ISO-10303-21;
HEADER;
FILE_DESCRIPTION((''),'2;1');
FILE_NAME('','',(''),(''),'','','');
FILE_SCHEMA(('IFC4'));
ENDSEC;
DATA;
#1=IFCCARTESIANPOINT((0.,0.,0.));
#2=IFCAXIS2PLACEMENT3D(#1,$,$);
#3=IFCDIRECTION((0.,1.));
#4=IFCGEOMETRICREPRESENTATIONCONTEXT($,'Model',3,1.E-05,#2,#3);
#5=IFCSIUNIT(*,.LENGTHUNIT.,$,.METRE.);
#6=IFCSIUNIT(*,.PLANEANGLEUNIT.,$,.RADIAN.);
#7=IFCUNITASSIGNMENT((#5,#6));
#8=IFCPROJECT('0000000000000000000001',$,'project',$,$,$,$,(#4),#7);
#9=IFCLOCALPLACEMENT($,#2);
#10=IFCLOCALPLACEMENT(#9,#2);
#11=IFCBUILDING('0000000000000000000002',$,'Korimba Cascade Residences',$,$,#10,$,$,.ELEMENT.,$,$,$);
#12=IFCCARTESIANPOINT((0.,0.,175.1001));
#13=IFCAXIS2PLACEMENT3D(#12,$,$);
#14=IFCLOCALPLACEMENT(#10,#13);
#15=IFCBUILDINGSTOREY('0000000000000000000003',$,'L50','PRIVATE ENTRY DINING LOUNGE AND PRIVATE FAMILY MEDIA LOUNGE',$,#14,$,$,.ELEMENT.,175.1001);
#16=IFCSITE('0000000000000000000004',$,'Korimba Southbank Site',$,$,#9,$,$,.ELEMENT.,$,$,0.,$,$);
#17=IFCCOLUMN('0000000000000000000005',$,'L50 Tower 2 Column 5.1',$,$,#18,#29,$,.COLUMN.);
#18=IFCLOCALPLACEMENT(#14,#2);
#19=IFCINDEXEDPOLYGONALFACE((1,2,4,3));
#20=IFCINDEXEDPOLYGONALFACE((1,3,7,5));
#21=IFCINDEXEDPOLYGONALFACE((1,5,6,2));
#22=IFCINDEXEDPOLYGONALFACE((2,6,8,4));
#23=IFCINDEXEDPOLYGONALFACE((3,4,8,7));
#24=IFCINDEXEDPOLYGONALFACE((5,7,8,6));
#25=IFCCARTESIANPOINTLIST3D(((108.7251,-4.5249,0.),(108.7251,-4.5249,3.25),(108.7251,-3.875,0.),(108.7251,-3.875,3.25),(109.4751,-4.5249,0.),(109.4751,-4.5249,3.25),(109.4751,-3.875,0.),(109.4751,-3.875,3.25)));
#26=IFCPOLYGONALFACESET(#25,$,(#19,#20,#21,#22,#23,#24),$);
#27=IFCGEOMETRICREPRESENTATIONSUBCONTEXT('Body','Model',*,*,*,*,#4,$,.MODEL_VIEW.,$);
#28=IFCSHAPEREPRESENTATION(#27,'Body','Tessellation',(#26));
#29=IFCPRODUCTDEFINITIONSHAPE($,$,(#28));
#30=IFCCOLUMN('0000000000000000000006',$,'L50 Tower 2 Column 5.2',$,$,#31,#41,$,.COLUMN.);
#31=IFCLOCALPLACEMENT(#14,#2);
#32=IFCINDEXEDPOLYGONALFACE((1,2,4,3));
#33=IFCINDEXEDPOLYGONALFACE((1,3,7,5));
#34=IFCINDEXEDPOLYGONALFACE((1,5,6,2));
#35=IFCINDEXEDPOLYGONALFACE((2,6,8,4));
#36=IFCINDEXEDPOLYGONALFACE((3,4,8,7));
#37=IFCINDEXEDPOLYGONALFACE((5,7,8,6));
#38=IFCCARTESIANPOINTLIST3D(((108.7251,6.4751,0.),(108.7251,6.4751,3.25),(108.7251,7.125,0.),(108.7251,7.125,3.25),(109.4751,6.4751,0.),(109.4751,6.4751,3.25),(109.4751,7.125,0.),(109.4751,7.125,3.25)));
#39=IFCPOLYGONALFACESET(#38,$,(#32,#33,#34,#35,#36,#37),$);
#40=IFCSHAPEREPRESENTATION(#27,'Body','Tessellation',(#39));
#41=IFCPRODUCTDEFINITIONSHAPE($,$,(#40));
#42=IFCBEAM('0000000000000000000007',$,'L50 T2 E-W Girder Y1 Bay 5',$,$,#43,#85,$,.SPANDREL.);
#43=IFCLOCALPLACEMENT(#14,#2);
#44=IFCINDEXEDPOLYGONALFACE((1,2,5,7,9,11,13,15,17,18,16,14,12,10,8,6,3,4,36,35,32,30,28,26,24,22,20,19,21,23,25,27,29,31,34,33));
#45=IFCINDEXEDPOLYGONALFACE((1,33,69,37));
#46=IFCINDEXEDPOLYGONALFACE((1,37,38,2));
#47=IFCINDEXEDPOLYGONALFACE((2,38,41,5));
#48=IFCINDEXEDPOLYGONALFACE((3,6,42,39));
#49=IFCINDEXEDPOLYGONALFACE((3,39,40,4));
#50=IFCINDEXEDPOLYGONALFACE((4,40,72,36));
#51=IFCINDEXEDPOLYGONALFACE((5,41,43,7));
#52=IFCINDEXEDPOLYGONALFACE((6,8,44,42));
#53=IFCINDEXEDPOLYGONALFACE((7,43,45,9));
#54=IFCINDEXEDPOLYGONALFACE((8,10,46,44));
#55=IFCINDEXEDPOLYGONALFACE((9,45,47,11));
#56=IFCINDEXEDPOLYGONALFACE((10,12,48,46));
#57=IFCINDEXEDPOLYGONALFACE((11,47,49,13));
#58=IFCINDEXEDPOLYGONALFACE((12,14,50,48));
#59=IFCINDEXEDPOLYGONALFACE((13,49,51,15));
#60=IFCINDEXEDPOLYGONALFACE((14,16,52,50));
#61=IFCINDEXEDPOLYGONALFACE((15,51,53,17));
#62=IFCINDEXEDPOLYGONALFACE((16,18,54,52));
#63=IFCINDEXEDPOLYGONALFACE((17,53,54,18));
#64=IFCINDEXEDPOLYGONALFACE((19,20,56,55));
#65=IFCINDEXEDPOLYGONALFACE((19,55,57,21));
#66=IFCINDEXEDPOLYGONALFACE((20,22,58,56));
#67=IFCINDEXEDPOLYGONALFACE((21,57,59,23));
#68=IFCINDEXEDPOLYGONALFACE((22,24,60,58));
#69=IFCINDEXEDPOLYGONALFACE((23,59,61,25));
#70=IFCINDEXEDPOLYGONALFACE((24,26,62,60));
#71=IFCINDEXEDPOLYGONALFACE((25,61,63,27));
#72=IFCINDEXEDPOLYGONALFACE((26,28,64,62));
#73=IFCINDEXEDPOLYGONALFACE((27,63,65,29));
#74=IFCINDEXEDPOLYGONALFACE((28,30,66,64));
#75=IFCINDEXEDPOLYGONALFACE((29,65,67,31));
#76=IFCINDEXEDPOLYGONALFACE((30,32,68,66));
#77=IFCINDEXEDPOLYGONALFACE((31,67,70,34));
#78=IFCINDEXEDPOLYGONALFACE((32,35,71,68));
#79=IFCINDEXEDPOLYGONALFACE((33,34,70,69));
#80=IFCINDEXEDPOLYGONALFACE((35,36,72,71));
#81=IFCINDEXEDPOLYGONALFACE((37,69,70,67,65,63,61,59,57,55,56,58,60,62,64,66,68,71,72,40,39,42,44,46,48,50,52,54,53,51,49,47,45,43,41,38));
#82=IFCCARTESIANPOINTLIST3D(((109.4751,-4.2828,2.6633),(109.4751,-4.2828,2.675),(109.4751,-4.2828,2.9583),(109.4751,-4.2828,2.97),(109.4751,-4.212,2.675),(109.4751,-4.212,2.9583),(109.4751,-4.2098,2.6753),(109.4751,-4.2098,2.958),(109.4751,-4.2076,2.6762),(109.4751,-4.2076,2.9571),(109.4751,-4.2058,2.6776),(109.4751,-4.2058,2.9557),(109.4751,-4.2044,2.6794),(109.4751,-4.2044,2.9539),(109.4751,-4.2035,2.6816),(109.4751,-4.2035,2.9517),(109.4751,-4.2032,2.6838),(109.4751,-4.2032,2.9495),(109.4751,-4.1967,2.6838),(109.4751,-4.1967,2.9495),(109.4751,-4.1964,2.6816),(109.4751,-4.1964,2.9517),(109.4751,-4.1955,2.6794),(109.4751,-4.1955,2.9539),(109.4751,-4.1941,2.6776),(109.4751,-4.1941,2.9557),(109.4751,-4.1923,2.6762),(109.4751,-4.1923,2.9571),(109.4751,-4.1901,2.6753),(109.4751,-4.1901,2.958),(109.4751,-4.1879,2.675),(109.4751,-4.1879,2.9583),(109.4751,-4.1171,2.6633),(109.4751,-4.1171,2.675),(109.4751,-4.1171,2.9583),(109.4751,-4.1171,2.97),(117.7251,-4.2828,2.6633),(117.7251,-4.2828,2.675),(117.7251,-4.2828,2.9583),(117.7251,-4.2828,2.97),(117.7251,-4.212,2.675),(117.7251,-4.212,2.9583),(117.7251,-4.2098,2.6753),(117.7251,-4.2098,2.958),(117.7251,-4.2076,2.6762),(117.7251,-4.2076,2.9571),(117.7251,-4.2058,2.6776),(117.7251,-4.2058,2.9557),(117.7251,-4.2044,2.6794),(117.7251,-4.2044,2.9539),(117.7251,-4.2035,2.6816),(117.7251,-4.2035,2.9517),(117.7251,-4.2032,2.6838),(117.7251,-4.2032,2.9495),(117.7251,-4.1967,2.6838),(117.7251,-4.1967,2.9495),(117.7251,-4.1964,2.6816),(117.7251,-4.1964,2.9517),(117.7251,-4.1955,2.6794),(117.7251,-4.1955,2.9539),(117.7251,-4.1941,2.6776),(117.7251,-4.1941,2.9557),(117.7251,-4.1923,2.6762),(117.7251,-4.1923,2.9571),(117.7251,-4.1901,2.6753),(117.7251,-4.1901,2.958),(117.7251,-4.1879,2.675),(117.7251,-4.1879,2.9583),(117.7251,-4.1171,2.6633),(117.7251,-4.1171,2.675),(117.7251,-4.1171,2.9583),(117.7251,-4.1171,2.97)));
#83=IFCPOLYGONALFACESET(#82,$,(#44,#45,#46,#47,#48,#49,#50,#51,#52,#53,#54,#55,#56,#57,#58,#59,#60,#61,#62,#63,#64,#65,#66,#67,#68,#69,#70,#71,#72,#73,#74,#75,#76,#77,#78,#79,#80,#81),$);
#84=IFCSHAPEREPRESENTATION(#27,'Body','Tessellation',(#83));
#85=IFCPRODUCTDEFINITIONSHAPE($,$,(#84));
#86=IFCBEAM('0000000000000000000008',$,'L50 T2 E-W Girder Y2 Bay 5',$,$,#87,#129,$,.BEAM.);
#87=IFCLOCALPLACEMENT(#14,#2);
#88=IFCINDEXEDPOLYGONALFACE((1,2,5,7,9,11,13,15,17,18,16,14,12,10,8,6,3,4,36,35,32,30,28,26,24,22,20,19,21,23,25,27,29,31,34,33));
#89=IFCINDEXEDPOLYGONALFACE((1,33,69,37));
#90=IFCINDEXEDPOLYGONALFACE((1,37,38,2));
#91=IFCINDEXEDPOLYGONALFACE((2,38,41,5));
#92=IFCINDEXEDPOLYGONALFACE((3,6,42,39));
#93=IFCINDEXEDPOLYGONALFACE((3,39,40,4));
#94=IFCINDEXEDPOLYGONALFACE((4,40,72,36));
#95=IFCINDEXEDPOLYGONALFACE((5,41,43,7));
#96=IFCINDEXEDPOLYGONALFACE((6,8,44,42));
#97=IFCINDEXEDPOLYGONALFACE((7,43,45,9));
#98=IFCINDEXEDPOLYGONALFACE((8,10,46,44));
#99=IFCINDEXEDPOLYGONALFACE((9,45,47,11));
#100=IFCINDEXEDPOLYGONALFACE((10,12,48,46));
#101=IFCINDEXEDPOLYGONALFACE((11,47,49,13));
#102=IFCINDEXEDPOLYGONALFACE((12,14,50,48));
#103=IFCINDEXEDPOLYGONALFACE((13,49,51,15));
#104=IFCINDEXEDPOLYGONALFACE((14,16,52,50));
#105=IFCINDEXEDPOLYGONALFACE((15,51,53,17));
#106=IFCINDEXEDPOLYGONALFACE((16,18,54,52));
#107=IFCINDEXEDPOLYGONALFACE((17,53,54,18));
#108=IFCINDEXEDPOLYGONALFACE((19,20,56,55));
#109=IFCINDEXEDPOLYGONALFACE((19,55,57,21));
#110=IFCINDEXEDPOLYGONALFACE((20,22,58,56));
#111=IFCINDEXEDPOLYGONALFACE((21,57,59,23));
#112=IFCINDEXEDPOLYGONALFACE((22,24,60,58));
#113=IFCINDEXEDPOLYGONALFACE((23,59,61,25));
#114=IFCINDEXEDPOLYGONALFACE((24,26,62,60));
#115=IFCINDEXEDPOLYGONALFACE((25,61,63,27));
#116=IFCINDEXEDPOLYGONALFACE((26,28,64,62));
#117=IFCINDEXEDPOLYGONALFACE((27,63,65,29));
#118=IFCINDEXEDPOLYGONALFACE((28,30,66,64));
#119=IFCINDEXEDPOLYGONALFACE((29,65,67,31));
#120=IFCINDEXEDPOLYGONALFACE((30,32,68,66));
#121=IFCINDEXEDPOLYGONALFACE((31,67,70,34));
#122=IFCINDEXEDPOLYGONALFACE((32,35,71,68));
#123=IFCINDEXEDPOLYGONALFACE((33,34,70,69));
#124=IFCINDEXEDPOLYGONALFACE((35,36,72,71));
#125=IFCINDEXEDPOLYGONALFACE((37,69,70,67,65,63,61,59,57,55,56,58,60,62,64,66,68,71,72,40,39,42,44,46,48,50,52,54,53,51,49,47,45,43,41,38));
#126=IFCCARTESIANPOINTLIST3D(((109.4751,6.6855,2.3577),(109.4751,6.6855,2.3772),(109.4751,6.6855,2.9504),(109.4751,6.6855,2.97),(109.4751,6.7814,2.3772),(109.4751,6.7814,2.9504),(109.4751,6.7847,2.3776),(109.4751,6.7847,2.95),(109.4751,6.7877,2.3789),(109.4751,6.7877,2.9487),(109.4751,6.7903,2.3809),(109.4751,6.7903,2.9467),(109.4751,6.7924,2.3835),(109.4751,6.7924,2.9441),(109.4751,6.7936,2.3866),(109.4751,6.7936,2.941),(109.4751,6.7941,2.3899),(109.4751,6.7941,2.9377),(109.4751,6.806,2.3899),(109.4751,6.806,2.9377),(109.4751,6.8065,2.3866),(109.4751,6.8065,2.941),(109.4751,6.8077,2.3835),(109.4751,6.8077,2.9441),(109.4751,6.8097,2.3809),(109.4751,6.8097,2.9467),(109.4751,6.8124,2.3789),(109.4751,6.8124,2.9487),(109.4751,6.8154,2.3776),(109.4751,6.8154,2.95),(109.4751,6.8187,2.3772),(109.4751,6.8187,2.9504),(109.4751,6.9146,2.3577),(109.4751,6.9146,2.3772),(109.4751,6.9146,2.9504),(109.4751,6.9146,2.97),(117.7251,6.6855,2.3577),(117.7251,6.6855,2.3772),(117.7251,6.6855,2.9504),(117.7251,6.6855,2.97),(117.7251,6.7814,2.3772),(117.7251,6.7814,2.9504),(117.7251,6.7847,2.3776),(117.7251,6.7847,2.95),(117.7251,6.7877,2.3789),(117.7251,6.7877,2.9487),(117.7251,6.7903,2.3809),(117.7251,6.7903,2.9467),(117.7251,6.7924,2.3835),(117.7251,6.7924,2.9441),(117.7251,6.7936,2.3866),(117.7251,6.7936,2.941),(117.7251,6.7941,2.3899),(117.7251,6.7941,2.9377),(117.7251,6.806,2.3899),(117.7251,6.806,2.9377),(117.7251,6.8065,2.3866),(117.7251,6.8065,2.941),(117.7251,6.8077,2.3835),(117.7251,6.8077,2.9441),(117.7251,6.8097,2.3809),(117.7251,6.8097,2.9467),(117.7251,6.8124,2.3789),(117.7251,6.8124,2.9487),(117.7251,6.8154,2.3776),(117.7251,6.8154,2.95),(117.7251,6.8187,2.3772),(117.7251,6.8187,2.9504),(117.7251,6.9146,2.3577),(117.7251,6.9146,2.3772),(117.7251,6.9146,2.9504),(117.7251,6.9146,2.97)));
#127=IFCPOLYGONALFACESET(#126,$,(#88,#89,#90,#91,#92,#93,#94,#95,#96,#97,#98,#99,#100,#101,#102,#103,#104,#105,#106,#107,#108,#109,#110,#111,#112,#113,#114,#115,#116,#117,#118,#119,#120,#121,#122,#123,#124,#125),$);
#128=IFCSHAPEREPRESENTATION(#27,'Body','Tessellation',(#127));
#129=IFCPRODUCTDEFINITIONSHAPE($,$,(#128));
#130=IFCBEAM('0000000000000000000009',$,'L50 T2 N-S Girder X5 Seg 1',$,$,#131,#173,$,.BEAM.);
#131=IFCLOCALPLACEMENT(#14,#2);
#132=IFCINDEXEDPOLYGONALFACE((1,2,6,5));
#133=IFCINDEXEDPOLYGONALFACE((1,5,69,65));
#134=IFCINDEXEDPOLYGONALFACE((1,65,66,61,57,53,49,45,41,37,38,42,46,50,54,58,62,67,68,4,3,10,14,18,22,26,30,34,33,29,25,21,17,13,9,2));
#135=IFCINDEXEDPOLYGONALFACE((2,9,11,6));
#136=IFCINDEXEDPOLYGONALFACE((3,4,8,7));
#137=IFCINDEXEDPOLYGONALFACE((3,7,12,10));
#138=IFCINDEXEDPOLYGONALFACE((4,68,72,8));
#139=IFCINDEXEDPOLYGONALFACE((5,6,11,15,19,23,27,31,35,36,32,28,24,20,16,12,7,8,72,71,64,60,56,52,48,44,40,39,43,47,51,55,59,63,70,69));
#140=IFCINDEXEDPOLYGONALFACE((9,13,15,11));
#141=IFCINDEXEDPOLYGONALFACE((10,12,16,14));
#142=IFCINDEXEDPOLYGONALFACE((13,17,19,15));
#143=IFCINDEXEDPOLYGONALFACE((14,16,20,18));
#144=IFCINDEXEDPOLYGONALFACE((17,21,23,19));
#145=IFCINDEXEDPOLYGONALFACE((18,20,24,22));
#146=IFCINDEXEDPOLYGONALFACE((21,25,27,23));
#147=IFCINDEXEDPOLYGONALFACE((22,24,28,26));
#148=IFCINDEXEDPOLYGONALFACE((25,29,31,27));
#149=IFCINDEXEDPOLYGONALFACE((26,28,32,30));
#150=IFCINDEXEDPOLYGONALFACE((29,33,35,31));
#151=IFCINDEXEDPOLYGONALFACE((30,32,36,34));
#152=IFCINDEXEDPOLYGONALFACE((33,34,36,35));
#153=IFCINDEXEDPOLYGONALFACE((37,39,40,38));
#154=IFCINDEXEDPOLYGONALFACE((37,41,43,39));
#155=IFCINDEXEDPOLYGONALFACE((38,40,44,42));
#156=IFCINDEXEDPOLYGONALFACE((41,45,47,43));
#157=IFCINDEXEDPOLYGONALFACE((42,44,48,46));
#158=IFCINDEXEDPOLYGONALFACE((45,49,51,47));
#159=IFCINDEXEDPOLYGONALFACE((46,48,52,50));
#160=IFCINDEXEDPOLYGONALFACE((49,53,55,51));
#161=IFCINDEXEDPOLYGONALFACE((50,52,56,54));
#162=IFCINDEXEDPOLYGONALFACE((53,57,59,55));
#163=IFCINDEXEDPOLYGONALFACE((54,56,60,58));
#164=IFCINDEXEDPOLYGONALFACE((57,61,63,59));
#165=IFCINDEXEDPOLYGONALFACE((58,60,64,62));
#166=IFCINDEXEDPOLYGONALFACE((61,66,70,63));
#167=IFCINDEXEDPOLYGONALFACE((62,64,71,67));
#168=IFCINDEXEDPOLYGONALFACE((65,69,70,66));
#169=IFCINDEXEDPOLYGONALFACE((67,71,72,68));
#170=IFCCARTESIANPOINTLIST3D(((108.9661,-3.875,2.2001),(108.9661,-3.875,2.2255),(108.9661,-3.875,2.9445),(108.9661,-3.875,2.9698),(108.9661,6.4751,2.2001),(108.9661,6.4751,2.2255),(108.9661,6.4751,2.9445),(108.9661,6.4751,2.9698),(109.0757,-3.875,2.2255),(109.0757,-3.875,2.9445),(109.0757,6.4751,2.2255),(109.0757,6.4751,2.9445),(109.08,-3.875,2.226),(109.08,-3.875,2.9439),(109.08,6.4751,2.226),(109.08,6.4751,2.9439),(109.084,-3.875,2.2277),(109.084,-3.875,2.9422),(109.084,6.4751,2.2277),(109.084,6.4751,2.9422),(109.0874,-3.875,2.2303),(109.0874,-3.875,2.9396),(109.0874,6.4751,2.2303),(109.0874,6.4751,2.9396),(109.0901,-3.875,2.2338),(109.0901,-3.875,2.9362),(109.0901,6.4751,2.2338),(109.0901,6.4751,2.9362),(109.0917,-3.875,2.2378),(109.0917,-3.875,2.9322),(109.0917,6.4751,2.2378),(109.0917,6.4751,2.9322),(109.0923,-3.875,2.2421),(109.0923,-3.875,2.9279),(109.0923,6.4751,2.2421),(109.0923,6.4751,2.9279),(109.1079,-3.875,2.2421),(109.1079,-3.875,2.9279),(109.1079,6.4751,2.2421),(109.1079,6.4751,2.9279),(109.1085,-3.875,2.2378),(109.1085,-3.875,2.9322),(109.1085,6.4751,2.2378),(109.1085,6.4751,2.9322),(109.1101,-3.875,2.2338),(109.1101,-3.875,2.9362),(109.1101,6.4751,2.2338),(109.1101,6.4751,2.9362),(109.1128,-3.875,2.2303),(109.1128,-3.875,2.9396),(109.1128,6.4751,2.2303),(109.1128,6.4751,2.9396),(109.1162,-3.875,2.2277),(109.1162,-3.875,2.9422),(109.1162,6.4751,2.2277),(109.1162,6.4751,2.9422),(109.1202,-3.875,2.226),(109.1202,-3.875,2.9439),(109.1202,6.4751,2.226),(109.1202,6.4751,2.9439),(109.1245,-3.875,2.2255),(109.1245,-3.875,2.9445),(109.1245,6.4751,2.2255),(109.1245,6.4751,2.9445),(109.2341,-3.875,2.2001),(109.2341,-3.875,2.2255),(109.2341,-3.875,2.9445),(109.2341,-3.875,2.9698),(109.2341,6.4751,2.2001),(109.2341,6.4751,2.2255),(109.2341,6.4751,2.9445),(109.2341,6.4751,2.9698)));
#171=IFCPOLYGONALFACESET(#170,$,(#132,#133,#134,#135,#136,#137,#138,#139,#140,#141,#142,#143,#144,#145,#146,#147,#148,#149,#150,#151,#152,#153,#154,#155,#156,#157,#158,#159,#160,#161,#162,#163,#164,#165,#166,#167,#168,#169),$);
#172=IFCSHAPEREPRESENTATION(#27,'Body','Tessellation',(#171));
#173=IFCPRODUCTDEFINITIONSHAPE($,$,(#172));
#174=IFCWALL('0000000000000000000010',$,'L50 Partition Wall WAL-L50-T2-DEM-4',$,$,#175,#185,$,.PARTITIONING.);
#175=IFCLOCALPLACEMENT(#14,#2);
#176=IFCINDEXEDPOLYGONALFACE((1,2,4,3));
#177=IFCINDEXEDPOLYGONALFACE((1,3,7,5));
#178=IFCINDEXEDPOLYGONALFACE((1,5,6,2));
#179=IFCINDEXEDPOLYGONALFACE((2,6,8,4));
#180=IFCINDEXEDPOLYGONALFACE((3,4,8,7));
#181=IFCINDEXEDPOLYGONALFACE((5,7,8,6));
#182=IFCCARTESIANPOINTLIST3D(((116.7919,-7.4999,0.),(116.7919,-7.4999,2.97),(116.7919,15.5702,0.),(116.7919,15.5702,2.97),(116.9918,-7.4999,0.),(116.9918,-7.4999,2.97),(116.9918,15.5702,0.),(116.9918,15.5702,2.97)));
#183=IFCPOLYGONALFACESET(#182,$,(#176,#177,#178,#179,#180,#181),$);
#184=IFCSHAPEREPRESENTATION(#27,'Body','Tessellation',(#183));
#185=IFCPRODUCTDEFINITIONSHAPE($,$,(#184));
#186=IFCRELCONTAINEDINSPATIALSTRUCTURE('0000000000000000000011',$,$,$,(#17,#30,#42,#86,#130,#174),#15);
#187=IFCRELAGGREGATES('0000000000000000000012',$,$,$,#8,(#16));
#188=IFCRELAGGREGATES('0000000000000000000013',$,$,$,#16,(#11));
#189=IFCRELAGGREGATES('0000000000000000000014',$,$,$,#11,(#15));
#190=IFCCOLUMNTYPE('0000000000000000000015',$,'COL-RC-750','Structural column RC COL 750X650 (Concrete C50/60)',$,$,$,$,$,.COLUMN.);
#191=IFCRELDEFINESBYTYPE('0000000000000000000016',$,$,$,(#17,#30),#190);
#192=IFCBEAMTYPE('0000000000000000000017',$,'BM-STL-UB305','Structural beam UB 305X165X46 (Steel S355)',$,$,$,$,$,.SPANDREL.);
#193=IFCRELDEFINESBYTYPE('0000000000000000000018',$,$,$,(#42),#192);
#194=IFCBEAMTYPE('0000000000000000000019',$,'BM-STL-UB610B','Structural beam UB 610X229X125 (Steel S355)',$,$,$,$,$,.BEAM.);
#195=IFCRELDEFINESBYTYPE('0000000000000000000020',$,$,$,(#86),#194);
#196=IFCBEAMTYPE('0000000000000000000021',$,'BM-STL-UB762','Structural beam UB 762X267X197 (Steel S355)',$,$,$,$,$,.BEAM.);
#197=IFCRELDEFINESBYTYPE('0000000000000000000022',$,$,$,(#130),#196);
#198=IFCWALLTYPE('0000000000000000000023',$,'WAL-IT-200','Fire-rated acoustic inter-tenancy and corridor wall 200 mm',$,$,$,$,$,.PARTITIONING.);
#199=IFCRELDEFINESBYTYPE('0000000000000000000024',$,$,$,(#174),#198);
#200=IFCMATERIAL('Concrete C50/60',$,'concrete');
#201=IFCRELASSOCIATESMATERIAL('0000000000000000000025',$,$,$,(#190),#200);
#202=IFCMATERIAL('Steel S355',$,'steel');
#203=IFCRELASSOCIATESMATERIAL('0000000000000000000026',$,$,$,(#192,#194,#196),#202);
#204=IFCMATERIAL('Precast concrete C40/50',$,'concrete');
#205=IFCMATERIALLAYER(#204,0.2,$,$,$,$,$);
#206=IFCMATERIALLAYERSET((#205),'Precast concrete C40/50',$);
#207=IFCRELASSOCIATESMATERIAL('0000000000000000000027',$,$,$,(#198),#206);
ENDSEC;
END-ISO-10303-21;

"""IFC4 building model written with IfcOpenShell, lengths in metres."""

from ifc_helpers import new_model, si_unit, direction, frame, frame_2d, origin, origin_2d, place, context, subcontext, project, spatial, rectangle, i_section, extrude, material, layer, layer_set, material_profile, profile_set, type_object, element, save


model = new_model("IFC4")

# Units and contexts
model_context = context("Model", 3, precision=1e-05, world=origin(), true_north=direction((0.0, 1.0)))
body_context = subcontext(model_context, "Body", "Model", "MODEL_VIEW")
ifc_project = project(units=[si_unit("LENGTHUNIT", "METRE"), si_unit("PLANEANGLEUNIT", "RADIAN")], contexts=[model_context])

# Site, building, storey
site_placement = place(None, origin())
site = spatial("IfcSite", under=ifc_project, at=site_placement, Name="Korimba Southbank Site", CompositionType="ELEMENT", RefElevation=0.0)
building_placement = place(site_placement, origin())
building = spatial("IfcBuilding", under=site, at=building_placement, Name="Korimba Cascade Residences", CompositionType="ELEMENT")
storey_placement = place(building_placement, frame((0.0, 0.0, 175.1001)))
storey = spatial("IfcBuildingStorey", under=building, at=storey_placement, Name="L50", Description="PRIVATE ENTRY DINING LOUNGE AND PRIVATE FAMILY MEDIA LOUNGE", CompositionType="ELEMENT", Elevation=175.1001)

# Columns
ifc_material_1 = material(Name="Concrete C50/60", Category="concrete")
ifc_material_profile_1 = material_profile(ifc_material_1, rectangle(XDim=0.75, YDim=0.6499, at=origin_2d()), Name="Concrete C50/60")
ifc_profile_set_1 = profile_set([ifc_material_profile_1], Name="Concrete C50/60")
column_type = type_object("IfcColumnType", Name="COL-RC-750", Description="Structural column RC COL 750X650 (Concrete C50/60)", PredefinedType="COLUMN", material=ifc_profile_set_1)
for number, where, z_axis, x_axis, name in (
    (1, (109.1001, -4.2, 0.0), (0.0, 0.0, 1.0), (1.0, 0.0, 0.0), "L50 Tower 2 Column 5.1"),
    (2, (109.1001, 6.8, 0.0), (0.0, 0.0, 1.0), (1.0, 0.0, 0.0), "L50 Tower 2 Column 5.2"),
):
    element("IfcColumn", number, at=place(storey_placement, frame(where, z_axis=z_axis, x_axis=x_axis)), inside=storey, type_object=column_type, Name=name, PredefinedType="COLUMN", context=body_context, shape_type="SweptSolid", body=[
        extrude(rectangle(XDim=0.75, YDim=0.6499, at=origin_2d()), origin(), (0.0, 0.0, 1.0), 3.25),
    ])

# Beams
ifc_material_2 = material(Name="Steel S355", Category="steel")
ifc_material_profile_2 = material_profile(ifc_material_2, i_section(OverallWidth=0.1658, OverallDepth=0.3066, WebThickness=0.0066, FlangeThickness=0.0117, FilletRadius=0.0088, at=origin_2d()), Name="Steel S355")
ifc_profile_set_2 = profile_set([ifc_material_profile_2], Name="Steel S355")
beam_type_1 = type_object("IfcBeamType", Name="BM-STL-UB305", Description="Structural beam UB 305X165X46 (Steel S355)", PredefinedType="SPANDREL", material=ifc_profile_set_2)
beam_1_placement = place(storey_placement, frame((109.4751, -4.2, 2.8167), z_axis=(1.0, 0.0, 0.0), x_axis=(0.0, 1.0, 0.0)))
element("IfcBeam", 3, at=beam_1_placement, inside=storey, type_object=beam_type_1, Name="L50 T2 E-W Girder Y1 Bay 5", PredefinedType="SPANDREL", context=body_context, shape_type="SweptSolid", body=[
    extrude(i_section(OverallWidth=0.1658, OverallDepth=0.3066, WebThickness=0.0066, FlangeThickness=0.0117, FilletRadius=0.0088, at=origin_2d()), origin(), (0.0, 0.0, 1.0), 8.25),
])
ifc_material_profile_3 = material_profile(ifc_material_2, i_section(OverallWidth=0.229, OverallDepth=0.6123, WebThickness=0.012, FlangeThickness=0.0195, FilletRadius=0.0127, at=origin_2d()), Name="Steel S355")
ifc_profile_set_3 = profile_set([ifc_material_profile_3], Name="Steel S355")
beam_type_2 = type_object("IfcBeamType", Name="BM-STL-UB610B", Description="Structural beam UB 610X229X125 (Steel S355)", PredefinedType="BEAM", material=ifc_profile_set_3)
beam_2_placement = place(storey_placement, frame((109.4751, 6.8, 2.6638), z_axis=(1.0, 0.0, 0.0), x_axis=(0.0, 1.0, 0.0)))
element("IfcBeam", 4, at=beam_2_placement, inside=storey, type_object=beam_type_2, Name="L50 T2 E-W Girder Y2 Bay 5", PredefinedType="BEAM", context=body_context, shape_type="SweptSolid", body=[
    extrude(i_section(OverallWidth=0.229, OverallDepth=0.6123, WebThickness=0.012, FlangeThickness=0.0195, FilletRadius=0.0127, at=origin_2d()), origin(), (0.0, 0.0, 1.0), 8.25),
])
ifc_material_profile_4 = material_profile(ifc_material_2, i_section(OverallWidth=0.2681, OverallDepth=0.7698, WebThickness=0.0156, FlangeThickness=0.0254, FilletRadius=0.0166, at=origin_2d()), Name="Steel S355")
ifc_profile_set_4 = profile_set([ifc_material_profile_4], Name="Steel S355")
beam_type_3 = type_object("IfcBeamType", Name="BM-STL-UB762", Description="Structural beam UB 762X267X197 (Steel S355)", PredefinedType="BEAM", material=ifc_profile_set_4)
beam_3_placement = place(storey_placement, frame((109.1001, -3.875, 2.585), z_axis=(0.0, 1.0, 0.0), x_axis=(-1.0, 0.0, 0.0)))
element("IfcBeam", 5, at=beam_3_placement, inside=storey, type_object=beam_type_3, Name="L50 T2 N-S Girder X5 Seg 1", PredefinedType="BEAM", context=body_context, shape_type="SweptSolid", body=[
    extrude(i_section(OverallWidth=0.2681, OverallDepth=0.7698, WebThickness=0.0156, FlangeThickness=0.0254, FilletRadius=0.0166, at=origin_2d()), origin(), (0.0, 0.0, 1.0), 10.3501),
])

# Wall
ifc_material_3 = material(Name="Precast concrete C40/50", Category="concrete")
ifc_layer_1 = layer(ifc_material_3, 0.2)
ifc_layer_set_1 = layer_set([ifc_layer_1], Name="Precast concrete C40/50")
wall_type_1 = type_object("IfcWallType", Name="WAL-IT-200", Description="Fire-rated acoustic inter-tenancy and corridor wall 200 mm", PredefinedType="PARTITIONING", material=ifc_layer_set_1)
wall_1_placement = place(storey_placement, frame((116.8918, -7.5, 0.0), z_axis=(0.0, 0.0, 1.0), x_axis=(0.0, 1.0, 0.0)))
element("IfcWall", 6, at=wall_1_placement, inside=storey, type_object=wall_type_1, Name="L50 Partition Wall WAL-L50-T2-DEM-4", PredefinedType="PARTITIONING", context=body_context, shape_type="SweptSolid", body=[
    extrude(rectangle(XDim=23.0701, YDim=0.2, at=frame_2d((11.5352, 0.0))), origin(), (0.0, 0.0, 1.0), 2.97),
])

save(model, "model.ifc")
